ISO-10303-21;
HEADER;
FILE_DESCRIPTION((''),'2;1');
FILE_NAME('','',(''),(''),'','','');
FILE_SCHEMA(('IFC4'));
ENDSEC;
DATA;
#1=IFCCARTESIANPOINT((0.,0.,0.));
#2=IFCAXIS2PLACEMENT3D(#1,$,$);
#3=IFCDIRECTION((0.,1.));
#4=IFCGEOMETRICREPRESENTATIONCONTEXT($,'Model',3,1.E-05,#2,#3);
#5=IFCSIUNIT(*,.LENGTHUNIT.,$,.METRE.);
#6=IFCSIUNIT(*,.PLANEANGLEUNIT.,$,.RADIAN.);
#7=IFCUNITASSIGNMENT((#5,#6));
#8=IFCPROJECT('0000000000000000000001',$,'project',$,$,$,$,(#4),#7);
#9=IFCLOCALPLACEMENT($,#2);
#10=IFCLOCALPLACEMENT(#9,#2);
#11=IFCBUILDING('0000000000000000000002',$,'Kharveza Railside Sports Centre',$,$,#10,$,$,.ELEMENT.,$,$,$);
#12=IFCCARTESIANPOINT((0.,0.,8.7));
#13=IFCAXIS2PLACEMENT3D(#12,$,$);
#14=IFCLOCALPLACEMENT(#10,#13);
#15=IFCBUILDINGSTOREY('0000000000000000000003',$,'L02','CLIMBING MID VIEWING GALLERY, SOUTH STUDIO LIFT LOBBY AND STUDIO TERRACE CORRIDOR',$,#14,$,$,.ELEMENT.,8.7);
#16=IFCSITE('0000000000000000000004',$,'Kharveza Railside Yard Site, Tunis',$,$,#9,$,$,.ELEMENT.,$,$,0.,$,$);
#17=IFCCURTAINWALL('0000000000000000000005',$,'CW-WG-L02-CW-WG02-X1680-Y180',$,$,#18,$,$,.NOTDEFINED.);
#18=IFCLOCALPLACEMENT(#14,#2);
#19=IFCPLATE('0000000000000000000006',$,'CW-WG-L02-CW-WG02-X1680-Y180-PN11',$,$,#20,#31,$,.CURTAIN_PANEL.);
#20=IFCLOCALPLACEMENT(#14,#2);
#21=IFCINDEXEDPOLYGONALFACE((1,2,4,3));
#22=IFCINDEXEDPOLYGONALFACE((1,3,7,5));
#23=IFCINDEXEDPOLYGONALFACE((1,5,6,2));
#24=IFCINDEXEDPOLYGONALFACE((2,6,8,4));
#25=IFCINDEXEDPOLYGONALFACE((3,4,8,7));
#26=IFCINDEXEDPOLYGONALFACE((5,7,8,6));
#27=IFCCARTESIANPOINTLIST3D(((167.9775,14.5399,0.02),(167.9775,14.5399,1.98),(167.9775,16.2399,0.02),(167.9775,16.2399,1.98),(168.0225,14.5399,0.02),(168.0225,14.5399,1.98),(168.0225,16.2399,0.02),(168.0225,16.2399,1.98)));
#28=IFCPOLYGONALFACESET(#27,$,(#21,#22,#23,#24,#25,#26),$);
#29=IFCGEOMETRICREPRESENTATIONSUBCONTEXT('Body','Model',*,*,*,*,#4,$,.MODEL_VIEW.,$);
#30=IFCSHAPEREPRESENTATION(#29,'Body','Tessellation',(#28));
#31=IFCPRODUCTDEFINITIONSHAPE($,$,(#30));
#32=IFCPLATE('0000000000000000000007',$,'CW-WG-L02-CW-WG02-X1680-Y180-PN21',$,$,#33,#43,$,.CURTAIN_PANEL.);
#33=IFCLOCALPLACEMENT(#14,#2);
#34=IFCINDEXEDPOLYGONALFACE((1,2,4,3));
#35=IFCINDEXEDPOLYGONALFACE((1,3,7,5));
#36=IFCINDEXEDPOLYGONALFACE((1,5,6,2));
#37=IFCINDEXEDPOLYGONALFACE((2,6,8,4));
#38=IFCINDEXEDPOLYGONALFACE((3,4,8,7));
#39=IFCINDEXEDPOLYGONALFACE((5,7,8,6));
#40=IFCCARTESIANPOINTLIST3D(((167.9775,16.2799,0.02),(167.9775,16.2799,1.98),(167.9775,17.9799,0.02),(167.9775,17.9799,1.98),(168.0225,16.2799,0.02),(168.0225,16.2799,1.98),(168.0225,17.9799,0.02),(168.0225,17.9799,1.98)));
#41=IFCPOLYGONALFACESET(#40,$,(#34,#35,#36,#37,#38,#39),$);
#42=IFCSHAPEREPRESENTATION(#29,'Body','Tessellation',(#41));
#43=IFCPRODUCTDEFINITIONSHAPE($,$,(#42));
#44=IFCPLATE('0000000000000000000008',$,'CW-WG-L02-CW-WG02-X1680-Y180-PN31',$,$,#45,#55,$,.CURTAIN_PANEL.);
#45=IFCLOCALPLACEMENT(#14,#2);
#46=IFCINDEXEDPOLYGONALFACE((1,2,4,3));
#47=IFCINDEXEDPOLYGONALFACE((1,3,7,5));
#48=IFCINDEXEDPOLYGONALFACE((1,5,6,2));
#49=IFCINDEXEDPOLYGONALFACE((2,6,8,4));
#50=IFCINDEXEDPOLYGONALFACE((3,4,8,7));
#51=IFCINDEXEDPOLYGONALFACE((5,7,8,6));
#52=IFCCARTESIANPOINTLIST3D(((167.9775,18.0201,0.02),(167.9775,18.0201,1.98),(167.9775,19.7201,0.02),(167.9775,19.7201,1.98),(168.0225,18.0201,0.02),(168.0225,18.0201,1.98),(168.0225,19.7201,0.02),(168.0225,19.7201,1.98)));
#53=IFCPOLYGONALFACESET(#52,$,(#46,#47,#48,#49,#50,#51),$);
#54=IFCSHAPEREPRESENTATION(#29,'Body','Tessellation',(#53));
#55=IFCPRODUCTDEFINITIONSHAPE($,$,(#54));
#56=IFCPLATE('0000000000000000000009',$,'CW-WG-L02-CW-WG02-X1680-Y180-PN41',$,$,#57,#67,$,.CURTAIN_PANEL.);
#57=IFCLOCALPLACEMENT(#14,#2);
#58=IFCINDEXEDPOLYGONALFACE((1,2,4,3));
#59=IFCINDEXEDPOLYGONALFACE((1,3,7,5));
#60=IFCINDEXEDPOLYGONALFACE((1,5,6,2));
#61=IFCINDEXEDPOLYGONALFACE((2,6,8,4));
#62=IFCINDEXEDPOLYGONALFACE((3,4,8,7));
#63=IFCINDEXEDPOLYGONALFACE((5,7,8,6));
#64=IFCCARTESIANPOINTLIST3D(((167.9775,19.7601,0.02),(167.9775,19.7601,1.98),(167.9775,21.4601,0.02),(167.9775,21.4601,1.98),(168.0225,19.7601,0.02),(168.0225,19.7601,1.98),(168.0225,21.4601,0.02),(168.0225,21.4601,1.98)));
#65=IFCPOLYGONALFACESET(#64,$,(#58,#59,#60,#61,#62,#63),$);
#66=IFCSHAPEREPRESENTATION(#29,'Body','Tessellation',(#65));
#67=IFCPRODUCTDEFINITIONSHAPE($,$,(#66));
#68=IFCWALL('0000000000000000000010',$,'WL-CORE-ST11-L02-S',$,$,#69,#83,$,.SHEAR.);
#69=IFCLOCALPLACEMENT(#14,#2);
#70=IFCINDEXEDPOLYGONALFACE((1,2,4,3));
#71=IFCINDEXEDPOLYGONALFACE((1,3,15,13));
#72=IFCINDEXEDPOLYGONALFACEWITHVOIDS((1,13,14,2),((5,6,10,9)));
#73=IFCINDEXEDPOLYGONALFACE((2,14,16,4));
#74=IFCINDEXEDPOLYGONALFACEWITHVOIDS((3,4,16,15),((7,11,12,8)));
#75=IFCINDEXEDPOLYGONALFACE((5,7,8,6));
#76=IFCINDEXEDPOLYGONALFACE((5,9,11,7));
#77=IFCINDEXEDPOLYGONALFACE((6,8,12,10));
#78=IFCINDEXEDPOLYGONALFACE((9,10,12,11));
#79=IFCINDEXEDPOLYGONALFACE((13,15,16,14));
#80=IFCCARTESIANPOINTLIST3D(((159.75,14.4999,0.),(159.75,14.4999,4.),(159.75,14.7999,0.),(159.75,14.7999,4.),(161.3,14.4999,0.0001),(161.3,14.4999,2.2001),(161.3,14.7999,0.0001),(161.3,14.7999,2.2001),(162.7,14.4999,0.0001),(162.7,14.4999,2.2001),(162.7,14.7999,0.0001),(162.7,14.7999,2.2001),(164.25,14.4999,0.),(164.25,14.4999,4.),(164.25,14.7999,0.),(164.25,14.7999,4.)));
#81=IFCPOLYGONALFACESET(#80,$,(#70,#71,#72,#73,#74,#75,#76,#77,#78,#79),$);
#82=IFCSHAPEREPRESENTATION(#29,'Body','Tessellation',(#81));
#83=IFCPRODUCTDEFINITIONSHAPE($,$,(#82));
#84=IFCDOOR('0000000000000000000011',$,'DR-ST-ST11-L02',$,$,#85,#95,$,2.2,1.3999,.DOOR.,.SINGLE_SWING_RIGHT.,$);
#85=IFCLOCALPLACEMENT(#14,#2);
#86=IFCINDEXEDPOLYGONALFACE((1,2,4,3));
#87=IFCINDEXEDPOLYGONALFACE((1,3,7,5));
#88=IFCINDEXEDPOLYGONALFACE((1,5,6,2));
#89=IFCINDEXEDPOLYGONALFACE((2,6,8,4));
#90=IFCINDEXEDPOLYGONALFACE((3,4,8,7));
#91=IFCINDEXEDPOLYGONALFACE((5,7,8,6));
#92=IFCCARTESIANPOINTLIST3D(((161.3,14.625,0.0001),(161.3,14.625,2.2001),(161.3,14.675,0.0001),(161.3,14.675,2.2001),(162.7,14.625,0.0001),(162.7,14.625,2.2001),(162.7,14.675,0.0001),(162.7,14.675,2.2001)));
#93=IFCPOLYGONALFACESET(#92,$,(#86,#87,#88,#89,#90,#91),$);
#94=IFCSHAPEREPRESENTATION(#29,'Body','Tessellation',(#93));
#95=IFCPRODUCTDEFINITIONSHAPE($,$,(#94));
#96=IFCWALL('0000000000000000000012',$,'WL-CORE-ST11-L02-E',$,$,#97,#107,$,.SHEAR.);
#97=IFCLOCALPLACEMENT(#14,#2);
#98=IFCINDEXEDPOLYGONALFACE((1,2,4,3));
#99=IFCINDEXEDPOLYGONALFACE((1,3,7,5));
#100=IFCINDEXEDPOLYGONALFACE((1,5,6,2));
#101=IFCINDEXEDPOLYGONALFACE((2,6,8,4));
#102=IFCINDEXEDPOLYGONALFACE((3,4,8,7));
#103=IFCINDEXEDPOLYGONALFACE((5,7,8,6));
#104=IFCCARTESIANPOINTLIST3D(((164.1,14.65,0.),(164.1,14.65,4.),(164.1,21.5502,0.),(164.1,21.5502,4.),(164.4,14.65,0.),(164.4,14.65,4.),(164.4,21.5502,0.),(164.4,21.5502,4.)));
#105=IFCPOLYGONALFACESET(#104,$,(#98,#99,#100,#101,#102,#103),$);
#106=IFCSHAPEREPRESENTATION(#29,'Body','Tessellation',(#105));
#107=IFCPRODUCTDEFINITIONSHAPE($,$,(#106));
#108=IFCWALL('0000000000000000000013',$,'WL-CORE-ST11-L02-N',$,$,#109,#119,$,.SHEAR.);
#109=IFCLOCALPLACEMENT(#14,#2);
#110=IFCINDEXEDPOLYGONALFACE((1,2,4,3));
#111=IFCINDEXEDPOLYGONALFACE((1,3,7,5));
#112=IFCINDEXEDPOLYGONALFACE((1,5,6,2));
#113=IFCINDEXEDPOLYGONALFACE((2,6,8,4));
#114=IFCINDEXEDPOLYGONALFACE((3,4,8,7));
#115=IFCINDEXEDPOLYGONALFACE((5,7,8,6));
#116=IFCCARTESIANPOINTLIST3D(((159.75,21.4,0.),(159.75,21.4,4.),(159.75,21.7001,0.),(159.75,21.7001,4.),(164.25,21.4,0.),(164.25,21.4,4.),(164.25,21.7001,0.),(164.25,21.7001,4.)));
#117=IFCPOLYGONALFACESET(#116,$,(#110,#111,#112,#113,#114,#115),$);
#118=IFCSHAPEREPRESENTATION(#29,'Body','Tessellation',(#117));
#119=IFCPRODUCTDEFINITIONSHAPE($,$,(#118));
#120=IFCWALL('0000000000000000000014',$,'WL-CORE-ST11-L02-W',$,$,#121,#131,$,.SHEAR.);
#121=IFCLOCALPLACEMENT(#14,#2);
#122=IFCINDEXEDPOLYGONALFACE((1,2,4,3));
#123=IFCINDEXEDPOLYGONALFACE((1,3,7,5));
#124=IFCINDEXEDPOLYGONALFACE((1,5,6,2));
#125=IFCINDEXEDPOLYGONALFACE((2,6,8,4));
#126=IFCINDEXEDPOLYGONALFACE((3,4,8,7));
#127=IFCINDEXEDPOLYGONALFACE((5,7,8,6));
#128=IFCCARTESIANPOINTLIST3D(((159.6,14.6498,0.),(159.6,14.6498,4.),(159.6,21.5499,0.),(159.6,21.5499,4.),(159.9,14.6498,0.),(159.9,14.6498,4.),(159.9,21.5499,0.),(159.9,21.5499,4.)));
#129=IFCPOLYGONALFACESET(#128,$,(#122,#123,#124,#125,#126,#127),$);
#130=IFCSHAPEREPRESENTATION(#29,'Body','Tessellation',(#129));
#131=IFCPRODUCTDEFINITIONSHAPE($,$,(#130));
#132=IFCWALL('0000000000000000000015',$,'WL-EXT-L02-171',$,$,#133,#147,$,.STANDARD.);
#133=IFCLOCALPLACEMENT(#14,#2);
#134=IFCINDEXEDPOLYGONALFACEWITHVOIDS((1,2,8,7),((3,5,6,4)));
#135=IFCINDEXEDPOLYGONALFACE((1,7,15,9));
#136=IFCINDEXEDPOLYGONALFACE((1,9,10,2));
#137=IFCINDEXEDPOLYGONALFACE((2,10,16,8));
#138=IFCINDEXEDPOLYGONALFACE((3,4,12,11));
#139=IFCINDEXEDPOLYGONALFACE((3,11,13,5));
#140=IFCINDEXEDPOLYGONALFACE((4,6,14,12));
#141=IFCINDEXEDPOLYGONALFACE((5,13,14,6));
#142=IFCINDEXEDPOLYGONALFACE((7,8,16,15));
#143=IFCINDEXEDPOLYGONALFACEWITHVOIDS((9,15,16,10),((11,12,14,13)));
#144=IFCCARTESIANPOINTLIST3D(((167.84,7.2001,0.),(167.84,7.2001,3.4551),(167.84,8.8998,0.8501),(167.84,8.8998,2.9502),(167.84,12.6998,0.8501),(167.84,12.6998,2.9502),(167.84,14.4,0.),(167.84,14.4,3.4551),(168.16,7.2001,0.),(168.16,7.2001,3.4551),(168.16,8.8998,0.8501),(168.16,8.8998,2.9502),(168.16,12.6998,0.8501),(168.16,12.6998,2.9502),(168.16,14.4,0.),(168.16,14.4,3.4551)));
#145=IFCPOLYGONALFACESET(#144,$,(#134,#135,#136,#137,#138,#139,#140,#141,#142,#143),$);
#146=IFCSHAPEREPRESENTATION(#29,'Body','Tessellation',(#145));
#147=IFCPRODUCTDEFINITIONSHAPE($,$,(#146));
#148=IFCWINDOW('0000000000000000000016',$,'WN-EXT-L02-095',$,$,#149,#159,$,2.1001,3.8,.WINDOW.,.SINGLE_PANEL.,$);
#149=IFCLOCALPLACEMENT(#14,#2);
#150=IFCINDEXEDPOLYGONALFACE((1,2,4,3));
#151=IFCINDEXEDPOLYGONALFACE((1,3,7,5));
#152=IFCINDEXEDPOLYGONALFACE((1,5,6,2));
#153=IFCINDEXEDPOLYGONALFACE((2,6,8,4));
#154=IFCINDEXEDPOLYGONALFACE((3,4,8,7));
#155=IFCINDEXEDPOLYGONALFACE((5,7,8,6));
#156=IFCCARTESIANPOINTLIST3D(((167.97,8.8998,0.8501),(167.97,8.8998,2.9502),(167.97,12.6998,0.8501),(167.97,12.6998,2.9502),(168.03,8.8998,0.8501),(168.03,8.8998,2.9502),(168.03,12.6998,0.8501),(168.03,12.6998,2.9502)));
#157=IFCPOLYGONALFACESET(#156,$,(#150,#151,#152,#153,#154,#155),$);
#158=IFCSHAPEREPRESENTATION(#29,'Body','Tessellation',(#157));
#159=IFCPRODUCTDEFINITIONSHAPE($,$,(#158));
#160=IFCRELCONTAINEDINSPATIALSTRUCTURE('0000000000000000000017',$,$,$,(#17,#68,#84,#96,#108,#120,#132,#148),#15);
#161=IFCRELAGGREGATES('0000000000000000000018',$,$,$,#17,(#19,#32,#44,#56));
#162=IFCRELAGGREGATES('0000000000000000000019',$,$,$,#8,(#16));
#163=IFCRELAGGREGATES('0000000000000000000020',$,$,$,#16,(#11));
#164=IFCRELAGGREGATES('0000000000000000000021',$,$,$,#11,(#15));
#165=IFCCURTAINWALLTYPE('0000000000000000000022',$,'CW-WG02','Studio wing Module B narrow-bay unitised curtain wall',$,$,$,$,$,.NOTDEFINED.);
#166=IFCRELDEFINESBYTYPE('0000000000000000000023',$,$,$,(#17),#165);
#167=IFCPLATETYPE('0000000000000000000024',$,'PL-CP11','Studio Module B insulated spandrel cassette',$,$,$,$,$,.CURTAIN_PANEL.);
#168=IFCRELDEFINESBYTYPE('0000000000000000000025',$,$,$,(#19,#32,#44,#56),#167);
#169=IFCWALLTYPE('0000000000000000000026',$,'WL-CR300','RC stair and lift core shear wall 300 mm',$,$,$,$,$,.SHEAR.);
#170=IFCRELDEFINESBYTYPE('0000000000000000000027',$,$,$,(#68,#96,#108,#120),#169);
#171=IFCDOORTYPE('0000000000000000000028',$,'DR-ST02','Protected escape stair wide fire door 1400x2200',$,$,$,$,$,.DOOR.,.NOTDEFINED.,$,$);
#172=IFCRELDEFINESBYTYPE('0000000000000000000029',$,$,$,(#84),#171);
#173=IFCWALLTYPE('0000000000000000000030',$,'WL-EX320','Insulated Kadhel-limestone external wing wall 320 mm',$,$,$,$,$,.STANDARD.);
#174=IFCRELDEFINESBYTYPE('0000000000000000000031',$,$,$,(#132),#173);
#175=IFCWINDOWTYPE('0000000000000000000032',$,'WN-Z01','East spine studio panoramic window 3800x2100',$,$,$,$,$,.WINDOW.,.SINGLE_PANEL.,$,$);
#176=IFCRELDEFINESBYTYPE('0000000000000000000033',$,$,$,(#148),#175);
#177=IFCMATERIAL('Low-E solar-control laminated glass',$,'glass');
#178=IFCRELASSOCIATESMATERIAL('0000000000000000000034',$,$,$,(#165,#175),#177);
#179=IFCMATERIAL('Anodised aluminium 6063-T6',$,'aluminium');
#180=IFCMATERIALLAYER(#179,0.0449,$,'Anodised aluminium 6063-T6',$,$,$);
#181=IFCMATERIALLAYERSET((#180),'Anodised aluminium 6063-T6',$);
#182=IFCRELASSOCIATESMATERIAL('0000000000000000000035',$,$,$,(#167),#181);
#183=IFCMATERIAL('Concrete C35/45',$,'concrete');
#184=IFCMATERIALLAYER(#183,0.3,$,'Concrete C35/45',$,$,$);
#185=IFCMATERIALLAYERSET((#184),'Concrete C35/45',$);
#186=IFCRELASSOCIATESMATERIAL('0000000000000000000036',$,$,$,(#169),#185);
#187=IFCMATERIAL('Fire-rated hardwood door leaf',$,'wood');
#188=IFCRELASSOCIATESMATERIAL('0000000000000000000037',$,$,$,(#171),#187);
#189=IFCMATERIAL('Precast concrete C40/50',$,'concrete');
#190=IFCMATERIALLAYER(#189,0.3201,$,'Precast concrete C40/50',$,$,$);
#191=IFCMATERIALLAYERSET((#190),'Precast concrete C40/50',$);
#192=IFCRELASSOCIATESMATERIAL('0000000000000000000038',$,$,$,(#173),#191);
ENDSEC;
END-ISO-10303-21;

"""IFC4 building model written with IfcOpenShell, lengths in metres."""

from ifc_helpers import new_model, si_unit, direction, frame, frame_2d, origin, origin_2d, place, context, subcontext, project, spatial, rectangle, extrude, material, layer, layer_set, type_object, element, fill, aggregate, save


model = new_model("IFC4")

# Units and contexts
model_context = context("Model", 3, precision=1e-05, world=origin(), true_north=direction((0.0, 1.0)))
body_context = subcontext(model_context, "Body", "Model", "MODEL_VIEW")
ifc_project = project(units=[si_unit("LENGTHUNIT", "METRE"), si_unit("PLANEANGLEUNIT", "RADIAN")], contexts=[model_context])

# Site, building, storey
site_placement = place(None, origin())
site = spatial("IfcSite", under=ifc_project, at=site_placement, Name="Kharveza Railside Yard Site, Tunis", CompositionType="ELEMENT", RefElevation=0.0)
building_placement = place(site_placement, origin())
building = spatial("IfcBuilding", under=site, at=building_placement, Name="Kharveza Railside Sports Centre", CompositionType="ELEMENT")
storey_placement = place(building_placement, frame((0.0, 0.0, 8.7)))
storey = spatial("IfcBuildingStorey", under=building, at=storey_placement, Name="L02", Description="CLIMBING MID VIEWING GALLERY, SOUTH STUDIO LIFT LOBBY AND STUDIO TERRACE CORRIDOR", CompositionType="ELEMENT", Elevation=8.7)

# Curtain wall, plates
ifc_material_1 = material(Name="Low-E solar-control laminated glass", Category="glass")
curtain_wall_type = type_object("IfcCurtainWallType", Name="CW-WG02", Description="Studio wing Module B narrow-bay unitised curtain wall", PredefinedType="NOTDEFINED", material=ifc_material_1)
curtain_wall_placement = place(storey_placement, origin())
curtain_wall = element("IfcCurtainWall", 1, at=curtain_wall_placement, inside=storey, type_object=curtain_wall_type, Name="CW-WG-L02-CW-WG02-X1680-Y180", PredefinedType="NOTDEFINED")
ifc_material_2 = material(Name="Anodised aluminium 6063-T6", Category="aluminium")
ifc_layer_1 = layer(ifc_material_2, 0.0449, Name="Anodised aluminium 6063-T6")
ifc_layer_set_1 = layer_set([ifc_layer_1], Name="Anodised aluminium 6063-T6")
plate_type_1 = type_object("IfcPlateType", Name="PL-CP11", Description="Studio Module B insulated spandrel cassette", PredefinedType="CURTAIN_PANEL", material=ifc_layer_set_1)
plate_1_placement = place(storey_placement, frame((168.0, 15.3899, 0.02), z_axis=(0.0, 0.0, 1.0), x_axis=(0.0, 1.0, 0.0)))
plate_1 = element("IfcPlate", 2, at=plate_1_placement, type_object=plate_type_1, Name="CW-WG-L02-CW-WG02-X1680-Y180-PN11", PredefinedType="CURTAIN_PANEL", context=body_context, shape_type="SweptSolid", body=[
    extrude(rectangle(XDim=1.7, YDim=0.0449, at=origin_2d()), origin(), (0.0, 0.0, 1.0), 1.96),
])
plate_2_placement = place(storey_placement, frame((168.0, 17.1299, 0.02), z_axis=(0.0, 0.0, 1.0), x_axis=(0.0, 1.0, 0.0)))
plate_2 = element("IfcPlate", 3, at=plate_2_placement, type_object=plate_type_1, Name="CW-WG-L02-CW-WG02-X1680-Y180-PN21", PredefinedType="CURTAIN_PANEL", context=body_context, shape_type="SweptSolid", body=[
    extrude(rectangle(XDim=1.7, YDim=0.0449, at=origin_2d()), origin(), (0.0, 0.0, 1.0), 1.96),
])
plate_3_placement = place(storey_placement, frame((168.0, 18.8701, 0.02), z_axis=(0.0, 0.0, 1.0), x_axis=(0.0, 1.0, 0.0)))
plate_3 = element("IfcPlate", 4, at=plate_3_placement, type_object=plate_type_1, Name="CW-WG-L02-CW-WG02-X1680-Y180-PN31", PredefinedType="CURTAIN_PANEL", context=body_context, shape_type="SweptSolid", body=[
    extrude(rectangle(XDim=1.7, YDim=0.0449, at=origin_2d()), origin(), (0.0, 0.0, 1.0), 1.96),
])
plate_4_placement = place(storey_placement, frame((168.0, 20.6101, 0.02), z_axis=(0.0, 0.0, 1.0), x_axis=(0.0, 1.0, 0.0)))
plate_4 = element("IfcPlate", 5, at=plate_4_placement, type_object=plate_type_1, Name="CW-WG-L02-CW-WG02-X1680-Y180-PN41", PredefinedType="CURTAIN_PANEL", context=body_context, shape_type="SweptSolid", body=[
    extrude(rectangle(XDim=1.7, YDim=0.0449, at=origin_2d()), origin(), (0.0, 0.0, 1.0), 1.96),
])
aggregate(curtain_wall, [plate_1, plate_2, plate_3, plate_4])

# Wall, opening, door
ifc_material_3 = material(Name="Concrete C35/45", Category="concrete")
ifc_layer_2 = layer(ifc_material_3, 0.3, Name="Concrete C35/45")
ifc_layer_set_2 = layer_set([ifc_layer_2], Name="Concrete C35/45")
wall_type_1 = type_object("IfcWallType", Name="WL-CR300", Description="RC stair and lift core shear wall 300 mm", PredefinedType="SHEAR", material=ifc_layer_set_2)
wall_1_placement = place(storey_placement, frame((159.75, 14.6499, 0.0), z_axis=(0.0, 0.0, 1.0), x_axis=(1.0, 0.0, 0.0)))
wall_1 = element("IfcWall", 6, at=wall_1_placement, inside=storey, type_object=wall_type_1, Name="WL-CORE-ST11-L02-S", PredefinedType="SHEAR", context=body_context, shape_type="SweptSolid", body=[
    extrude(rectangle(XDim=4.5, YDim=0.3, at=frame_2d((2.25, 0.0))), origin(), (0.0, 0.0, 1.0), 4.0),
])
opening_1_placement = place(wall_1_placement, frame((1.55, 0.0, 0.0)))
opening_1 = element("IfcOpeningElement", 7, at=opening_1_placement, cuts=wall_1, PredefinedType="OPENING", context=body_context, shape_type="SweptSolid", body=[
    extrude(rectangle(XDim=1.3999, YDim=2.2, at=frame_2d((0.7, 1.1001))), frame((0.0, 0.1748, 0.0), z_axis=(0.0, -1.0, 0.0), x_axis=(1.0, 0.0, 0.0)), (0.0, 0.0, 1.0), 0.3499),
])
ifc_material_4 = material(Name="Fire-rated hardwood door leaf", Category="wood")
door_type = type_object("IfcDoorType", Name="DR-ST02", Description="Protected escape stair wide fire door 1400x2200", OperationType="NOTDEFINED", PredefinedType="DOOR", material=ifc_material_4)
door_placement = place(opening_1_placement, frame((1.3999, 0.0, 0.0), z_axis=(0.0, 0.0, 1.0), x_axis=(-1.0, 0.0, 0.0)))
door = element("IfcDoor", 8, at=door_placement, inside=storey, type_object=door_type, Name="DR-ST-ST11-L02", OperationType="SINGLE_SWING_RIGHT", OverallHeight=2.2, OverallWidth=1.3999, PredefinedType="DOOR", context=body_context, shape_type="SweptSolid", body=[
    extrude(rectangle(XDim=1.3999, YDim=2.2, at=frame_2d((0.7, 1.1001))), frame((0.0, 0.0249, 0.0), z_axis=(0.0, -1.0, 0.0), x_axis=(1.0, 0.0, 0.0)), (0.0, 0.0, 1.0), 0.05),
])
fill(opening_1, door)

# Walls
wall_2_placement = place(storey_placement, frame((164.25, 14.6499, 0.0), z_axis=(0.0, 0.0, 1.0), x_axis=(0.0, 1.0, 0.0)))
element("IfcWall", 9, at=wall_2_placement, inside=storey, type_object=wall_type_1, Name="WL-CORE-ST11-L02-E", PredefinedType="SHEAR", context=body_context, shape_type="SweptSolid", body=[
    extrude(rectangle(XDim=6.9001, YDim=0.3, at=frame_2d((3.4502, 0.0))), origin(), (0.0, 0.0, 1.0), 4.0),
])
wall_3_placement = place(storey_placement, frame((164.25, 21.55, 0.0), z_axis=(0.0, 0.0, 1.0), x_axis=(-1.0, 0.0, 0.0)))
element("IfcWall", 10, at=wall_3_placement, inside=storey, type_object=wall_type_1, Name="WL-CORE-ST11-L02-N", PredefinedType="SHEAR", context=body_context, shape_type="SweptSolid", body=[
    extrude(rectangle(XDim=4.5, YDim=0.3, at=frame_2d((2.25, 0.0))), origin(), (0.0, 0.0, 1.0), 4.0),
])
wall_4_placement = place(storey_placement, frame((159.75, 21.55, 0.0), z_axis=(0.0, 0.0, 1.0), x_axis=(0.0, -1.0, 0.0)))
element("IfcWall", 11, at=wall_4_placement, inside=storey, type_object=wall_type_1, Name="WL-CORE-ST11-L02-W", PredefinedType="SHEAR", context=body_context, shape_type="SweptSolid", body=[
    extrude(rectangle(XDim=6.9001, YDim=0.3, at=frame_2d((3.4502, 0.0))), origin(), (0.0, 0.0, 1.0), 4.0),
])

# Wall, opening, window
ifc_material_5 = material(Name="Precast concrete C40/50", Category="concrete")
ifc_layer_3 = layer(ifc_material_5, 0.3201, Name="Precast concrete C40/50")
ifc_layer_set_3 = layer_set([ifc_layer_3], Name="Precast concrete C40/50")
wall_type_2 = type_object("IfcWallType", Name="WL-EX320", Description="Insulated Kadhel-limestone external wing wall 320 mm", PredefinedType="STANDARD", material=ifc_layer_set_3)
wall_5_placement = place(storey_placement, frame((168.0, 7.2, 0.0), z_axis=(0.0, 0.0, 1.0), x_axis=(0.0, 1.0, 0.0)))
wall_5 = element("IfcWall", 12, at=wall_5_placement, inside=storey, type_object=wall_type_2, Name="WL-EXT-L02-171", PredefinedType="STANDARD", context=body_context, shape_type="SweptSolid", body=[
    extrude(rectangle(XDim=7.2, YDim=0.3201, at=frame_2d((3.6001, 0.0))), origin(), (0.0, 0.0, 1.0), 3.4551),
])
opening_2_placement = place(wall_5_placement, frame((1.7, 0.0, 0.8501)))
opening_2 = element("IfcOpeningElement", 13, at=opening_2_placement, cuts=wall_5, PredefinedType="OPENING", context=body_context, shape_type="SweptSolid", body=[
    extrude(rectangle(XDim=3.8, YDim=2.1001, at=frame_2d((1.8999, 1.05))), frame((0.0, 0.1851, 0.0), z_axis=(0.0, -1.0, 0.0), x_axis=(1.0, 0.0, 0.0)), (0.0, 0.0, 1.0), 0.3699),
])
window_type = type_object("IfcWindowType", Name="WN-Z01", Description="East spine studio panoramic window 3800x2100", PartitioningType="SINGLE_PANEL", PredefinedType="WINDOW", material=ifc_material_1)
window_placement = place(opening_2_placement, origin())
window = element("IfcWindow", 14, at=window_placement, inside=storey, type_object=window_type, Name="WN-EXT-L02-095", OverallHeight=2.1001, OverallWidth=3.8, PartitioningType="SINGLE_PANEL", PredefinedType="WINDOW", context=body_context, shape_type="SweptSolid", body=[
    extrude(rectangle(XDim=3.8, YDim=2.1001, at=frame_2d((1.8999, 1.05))), frame((0.0, 0.03, 0.0), z_axis=(0.0, -1.0, 0.0), x_axis=(1.0, 0.0, 0.0)), (0.0, 0.0, 1.0), 0.0601),
])
fill(opening_2, window)

save(model, "model.ifc")
